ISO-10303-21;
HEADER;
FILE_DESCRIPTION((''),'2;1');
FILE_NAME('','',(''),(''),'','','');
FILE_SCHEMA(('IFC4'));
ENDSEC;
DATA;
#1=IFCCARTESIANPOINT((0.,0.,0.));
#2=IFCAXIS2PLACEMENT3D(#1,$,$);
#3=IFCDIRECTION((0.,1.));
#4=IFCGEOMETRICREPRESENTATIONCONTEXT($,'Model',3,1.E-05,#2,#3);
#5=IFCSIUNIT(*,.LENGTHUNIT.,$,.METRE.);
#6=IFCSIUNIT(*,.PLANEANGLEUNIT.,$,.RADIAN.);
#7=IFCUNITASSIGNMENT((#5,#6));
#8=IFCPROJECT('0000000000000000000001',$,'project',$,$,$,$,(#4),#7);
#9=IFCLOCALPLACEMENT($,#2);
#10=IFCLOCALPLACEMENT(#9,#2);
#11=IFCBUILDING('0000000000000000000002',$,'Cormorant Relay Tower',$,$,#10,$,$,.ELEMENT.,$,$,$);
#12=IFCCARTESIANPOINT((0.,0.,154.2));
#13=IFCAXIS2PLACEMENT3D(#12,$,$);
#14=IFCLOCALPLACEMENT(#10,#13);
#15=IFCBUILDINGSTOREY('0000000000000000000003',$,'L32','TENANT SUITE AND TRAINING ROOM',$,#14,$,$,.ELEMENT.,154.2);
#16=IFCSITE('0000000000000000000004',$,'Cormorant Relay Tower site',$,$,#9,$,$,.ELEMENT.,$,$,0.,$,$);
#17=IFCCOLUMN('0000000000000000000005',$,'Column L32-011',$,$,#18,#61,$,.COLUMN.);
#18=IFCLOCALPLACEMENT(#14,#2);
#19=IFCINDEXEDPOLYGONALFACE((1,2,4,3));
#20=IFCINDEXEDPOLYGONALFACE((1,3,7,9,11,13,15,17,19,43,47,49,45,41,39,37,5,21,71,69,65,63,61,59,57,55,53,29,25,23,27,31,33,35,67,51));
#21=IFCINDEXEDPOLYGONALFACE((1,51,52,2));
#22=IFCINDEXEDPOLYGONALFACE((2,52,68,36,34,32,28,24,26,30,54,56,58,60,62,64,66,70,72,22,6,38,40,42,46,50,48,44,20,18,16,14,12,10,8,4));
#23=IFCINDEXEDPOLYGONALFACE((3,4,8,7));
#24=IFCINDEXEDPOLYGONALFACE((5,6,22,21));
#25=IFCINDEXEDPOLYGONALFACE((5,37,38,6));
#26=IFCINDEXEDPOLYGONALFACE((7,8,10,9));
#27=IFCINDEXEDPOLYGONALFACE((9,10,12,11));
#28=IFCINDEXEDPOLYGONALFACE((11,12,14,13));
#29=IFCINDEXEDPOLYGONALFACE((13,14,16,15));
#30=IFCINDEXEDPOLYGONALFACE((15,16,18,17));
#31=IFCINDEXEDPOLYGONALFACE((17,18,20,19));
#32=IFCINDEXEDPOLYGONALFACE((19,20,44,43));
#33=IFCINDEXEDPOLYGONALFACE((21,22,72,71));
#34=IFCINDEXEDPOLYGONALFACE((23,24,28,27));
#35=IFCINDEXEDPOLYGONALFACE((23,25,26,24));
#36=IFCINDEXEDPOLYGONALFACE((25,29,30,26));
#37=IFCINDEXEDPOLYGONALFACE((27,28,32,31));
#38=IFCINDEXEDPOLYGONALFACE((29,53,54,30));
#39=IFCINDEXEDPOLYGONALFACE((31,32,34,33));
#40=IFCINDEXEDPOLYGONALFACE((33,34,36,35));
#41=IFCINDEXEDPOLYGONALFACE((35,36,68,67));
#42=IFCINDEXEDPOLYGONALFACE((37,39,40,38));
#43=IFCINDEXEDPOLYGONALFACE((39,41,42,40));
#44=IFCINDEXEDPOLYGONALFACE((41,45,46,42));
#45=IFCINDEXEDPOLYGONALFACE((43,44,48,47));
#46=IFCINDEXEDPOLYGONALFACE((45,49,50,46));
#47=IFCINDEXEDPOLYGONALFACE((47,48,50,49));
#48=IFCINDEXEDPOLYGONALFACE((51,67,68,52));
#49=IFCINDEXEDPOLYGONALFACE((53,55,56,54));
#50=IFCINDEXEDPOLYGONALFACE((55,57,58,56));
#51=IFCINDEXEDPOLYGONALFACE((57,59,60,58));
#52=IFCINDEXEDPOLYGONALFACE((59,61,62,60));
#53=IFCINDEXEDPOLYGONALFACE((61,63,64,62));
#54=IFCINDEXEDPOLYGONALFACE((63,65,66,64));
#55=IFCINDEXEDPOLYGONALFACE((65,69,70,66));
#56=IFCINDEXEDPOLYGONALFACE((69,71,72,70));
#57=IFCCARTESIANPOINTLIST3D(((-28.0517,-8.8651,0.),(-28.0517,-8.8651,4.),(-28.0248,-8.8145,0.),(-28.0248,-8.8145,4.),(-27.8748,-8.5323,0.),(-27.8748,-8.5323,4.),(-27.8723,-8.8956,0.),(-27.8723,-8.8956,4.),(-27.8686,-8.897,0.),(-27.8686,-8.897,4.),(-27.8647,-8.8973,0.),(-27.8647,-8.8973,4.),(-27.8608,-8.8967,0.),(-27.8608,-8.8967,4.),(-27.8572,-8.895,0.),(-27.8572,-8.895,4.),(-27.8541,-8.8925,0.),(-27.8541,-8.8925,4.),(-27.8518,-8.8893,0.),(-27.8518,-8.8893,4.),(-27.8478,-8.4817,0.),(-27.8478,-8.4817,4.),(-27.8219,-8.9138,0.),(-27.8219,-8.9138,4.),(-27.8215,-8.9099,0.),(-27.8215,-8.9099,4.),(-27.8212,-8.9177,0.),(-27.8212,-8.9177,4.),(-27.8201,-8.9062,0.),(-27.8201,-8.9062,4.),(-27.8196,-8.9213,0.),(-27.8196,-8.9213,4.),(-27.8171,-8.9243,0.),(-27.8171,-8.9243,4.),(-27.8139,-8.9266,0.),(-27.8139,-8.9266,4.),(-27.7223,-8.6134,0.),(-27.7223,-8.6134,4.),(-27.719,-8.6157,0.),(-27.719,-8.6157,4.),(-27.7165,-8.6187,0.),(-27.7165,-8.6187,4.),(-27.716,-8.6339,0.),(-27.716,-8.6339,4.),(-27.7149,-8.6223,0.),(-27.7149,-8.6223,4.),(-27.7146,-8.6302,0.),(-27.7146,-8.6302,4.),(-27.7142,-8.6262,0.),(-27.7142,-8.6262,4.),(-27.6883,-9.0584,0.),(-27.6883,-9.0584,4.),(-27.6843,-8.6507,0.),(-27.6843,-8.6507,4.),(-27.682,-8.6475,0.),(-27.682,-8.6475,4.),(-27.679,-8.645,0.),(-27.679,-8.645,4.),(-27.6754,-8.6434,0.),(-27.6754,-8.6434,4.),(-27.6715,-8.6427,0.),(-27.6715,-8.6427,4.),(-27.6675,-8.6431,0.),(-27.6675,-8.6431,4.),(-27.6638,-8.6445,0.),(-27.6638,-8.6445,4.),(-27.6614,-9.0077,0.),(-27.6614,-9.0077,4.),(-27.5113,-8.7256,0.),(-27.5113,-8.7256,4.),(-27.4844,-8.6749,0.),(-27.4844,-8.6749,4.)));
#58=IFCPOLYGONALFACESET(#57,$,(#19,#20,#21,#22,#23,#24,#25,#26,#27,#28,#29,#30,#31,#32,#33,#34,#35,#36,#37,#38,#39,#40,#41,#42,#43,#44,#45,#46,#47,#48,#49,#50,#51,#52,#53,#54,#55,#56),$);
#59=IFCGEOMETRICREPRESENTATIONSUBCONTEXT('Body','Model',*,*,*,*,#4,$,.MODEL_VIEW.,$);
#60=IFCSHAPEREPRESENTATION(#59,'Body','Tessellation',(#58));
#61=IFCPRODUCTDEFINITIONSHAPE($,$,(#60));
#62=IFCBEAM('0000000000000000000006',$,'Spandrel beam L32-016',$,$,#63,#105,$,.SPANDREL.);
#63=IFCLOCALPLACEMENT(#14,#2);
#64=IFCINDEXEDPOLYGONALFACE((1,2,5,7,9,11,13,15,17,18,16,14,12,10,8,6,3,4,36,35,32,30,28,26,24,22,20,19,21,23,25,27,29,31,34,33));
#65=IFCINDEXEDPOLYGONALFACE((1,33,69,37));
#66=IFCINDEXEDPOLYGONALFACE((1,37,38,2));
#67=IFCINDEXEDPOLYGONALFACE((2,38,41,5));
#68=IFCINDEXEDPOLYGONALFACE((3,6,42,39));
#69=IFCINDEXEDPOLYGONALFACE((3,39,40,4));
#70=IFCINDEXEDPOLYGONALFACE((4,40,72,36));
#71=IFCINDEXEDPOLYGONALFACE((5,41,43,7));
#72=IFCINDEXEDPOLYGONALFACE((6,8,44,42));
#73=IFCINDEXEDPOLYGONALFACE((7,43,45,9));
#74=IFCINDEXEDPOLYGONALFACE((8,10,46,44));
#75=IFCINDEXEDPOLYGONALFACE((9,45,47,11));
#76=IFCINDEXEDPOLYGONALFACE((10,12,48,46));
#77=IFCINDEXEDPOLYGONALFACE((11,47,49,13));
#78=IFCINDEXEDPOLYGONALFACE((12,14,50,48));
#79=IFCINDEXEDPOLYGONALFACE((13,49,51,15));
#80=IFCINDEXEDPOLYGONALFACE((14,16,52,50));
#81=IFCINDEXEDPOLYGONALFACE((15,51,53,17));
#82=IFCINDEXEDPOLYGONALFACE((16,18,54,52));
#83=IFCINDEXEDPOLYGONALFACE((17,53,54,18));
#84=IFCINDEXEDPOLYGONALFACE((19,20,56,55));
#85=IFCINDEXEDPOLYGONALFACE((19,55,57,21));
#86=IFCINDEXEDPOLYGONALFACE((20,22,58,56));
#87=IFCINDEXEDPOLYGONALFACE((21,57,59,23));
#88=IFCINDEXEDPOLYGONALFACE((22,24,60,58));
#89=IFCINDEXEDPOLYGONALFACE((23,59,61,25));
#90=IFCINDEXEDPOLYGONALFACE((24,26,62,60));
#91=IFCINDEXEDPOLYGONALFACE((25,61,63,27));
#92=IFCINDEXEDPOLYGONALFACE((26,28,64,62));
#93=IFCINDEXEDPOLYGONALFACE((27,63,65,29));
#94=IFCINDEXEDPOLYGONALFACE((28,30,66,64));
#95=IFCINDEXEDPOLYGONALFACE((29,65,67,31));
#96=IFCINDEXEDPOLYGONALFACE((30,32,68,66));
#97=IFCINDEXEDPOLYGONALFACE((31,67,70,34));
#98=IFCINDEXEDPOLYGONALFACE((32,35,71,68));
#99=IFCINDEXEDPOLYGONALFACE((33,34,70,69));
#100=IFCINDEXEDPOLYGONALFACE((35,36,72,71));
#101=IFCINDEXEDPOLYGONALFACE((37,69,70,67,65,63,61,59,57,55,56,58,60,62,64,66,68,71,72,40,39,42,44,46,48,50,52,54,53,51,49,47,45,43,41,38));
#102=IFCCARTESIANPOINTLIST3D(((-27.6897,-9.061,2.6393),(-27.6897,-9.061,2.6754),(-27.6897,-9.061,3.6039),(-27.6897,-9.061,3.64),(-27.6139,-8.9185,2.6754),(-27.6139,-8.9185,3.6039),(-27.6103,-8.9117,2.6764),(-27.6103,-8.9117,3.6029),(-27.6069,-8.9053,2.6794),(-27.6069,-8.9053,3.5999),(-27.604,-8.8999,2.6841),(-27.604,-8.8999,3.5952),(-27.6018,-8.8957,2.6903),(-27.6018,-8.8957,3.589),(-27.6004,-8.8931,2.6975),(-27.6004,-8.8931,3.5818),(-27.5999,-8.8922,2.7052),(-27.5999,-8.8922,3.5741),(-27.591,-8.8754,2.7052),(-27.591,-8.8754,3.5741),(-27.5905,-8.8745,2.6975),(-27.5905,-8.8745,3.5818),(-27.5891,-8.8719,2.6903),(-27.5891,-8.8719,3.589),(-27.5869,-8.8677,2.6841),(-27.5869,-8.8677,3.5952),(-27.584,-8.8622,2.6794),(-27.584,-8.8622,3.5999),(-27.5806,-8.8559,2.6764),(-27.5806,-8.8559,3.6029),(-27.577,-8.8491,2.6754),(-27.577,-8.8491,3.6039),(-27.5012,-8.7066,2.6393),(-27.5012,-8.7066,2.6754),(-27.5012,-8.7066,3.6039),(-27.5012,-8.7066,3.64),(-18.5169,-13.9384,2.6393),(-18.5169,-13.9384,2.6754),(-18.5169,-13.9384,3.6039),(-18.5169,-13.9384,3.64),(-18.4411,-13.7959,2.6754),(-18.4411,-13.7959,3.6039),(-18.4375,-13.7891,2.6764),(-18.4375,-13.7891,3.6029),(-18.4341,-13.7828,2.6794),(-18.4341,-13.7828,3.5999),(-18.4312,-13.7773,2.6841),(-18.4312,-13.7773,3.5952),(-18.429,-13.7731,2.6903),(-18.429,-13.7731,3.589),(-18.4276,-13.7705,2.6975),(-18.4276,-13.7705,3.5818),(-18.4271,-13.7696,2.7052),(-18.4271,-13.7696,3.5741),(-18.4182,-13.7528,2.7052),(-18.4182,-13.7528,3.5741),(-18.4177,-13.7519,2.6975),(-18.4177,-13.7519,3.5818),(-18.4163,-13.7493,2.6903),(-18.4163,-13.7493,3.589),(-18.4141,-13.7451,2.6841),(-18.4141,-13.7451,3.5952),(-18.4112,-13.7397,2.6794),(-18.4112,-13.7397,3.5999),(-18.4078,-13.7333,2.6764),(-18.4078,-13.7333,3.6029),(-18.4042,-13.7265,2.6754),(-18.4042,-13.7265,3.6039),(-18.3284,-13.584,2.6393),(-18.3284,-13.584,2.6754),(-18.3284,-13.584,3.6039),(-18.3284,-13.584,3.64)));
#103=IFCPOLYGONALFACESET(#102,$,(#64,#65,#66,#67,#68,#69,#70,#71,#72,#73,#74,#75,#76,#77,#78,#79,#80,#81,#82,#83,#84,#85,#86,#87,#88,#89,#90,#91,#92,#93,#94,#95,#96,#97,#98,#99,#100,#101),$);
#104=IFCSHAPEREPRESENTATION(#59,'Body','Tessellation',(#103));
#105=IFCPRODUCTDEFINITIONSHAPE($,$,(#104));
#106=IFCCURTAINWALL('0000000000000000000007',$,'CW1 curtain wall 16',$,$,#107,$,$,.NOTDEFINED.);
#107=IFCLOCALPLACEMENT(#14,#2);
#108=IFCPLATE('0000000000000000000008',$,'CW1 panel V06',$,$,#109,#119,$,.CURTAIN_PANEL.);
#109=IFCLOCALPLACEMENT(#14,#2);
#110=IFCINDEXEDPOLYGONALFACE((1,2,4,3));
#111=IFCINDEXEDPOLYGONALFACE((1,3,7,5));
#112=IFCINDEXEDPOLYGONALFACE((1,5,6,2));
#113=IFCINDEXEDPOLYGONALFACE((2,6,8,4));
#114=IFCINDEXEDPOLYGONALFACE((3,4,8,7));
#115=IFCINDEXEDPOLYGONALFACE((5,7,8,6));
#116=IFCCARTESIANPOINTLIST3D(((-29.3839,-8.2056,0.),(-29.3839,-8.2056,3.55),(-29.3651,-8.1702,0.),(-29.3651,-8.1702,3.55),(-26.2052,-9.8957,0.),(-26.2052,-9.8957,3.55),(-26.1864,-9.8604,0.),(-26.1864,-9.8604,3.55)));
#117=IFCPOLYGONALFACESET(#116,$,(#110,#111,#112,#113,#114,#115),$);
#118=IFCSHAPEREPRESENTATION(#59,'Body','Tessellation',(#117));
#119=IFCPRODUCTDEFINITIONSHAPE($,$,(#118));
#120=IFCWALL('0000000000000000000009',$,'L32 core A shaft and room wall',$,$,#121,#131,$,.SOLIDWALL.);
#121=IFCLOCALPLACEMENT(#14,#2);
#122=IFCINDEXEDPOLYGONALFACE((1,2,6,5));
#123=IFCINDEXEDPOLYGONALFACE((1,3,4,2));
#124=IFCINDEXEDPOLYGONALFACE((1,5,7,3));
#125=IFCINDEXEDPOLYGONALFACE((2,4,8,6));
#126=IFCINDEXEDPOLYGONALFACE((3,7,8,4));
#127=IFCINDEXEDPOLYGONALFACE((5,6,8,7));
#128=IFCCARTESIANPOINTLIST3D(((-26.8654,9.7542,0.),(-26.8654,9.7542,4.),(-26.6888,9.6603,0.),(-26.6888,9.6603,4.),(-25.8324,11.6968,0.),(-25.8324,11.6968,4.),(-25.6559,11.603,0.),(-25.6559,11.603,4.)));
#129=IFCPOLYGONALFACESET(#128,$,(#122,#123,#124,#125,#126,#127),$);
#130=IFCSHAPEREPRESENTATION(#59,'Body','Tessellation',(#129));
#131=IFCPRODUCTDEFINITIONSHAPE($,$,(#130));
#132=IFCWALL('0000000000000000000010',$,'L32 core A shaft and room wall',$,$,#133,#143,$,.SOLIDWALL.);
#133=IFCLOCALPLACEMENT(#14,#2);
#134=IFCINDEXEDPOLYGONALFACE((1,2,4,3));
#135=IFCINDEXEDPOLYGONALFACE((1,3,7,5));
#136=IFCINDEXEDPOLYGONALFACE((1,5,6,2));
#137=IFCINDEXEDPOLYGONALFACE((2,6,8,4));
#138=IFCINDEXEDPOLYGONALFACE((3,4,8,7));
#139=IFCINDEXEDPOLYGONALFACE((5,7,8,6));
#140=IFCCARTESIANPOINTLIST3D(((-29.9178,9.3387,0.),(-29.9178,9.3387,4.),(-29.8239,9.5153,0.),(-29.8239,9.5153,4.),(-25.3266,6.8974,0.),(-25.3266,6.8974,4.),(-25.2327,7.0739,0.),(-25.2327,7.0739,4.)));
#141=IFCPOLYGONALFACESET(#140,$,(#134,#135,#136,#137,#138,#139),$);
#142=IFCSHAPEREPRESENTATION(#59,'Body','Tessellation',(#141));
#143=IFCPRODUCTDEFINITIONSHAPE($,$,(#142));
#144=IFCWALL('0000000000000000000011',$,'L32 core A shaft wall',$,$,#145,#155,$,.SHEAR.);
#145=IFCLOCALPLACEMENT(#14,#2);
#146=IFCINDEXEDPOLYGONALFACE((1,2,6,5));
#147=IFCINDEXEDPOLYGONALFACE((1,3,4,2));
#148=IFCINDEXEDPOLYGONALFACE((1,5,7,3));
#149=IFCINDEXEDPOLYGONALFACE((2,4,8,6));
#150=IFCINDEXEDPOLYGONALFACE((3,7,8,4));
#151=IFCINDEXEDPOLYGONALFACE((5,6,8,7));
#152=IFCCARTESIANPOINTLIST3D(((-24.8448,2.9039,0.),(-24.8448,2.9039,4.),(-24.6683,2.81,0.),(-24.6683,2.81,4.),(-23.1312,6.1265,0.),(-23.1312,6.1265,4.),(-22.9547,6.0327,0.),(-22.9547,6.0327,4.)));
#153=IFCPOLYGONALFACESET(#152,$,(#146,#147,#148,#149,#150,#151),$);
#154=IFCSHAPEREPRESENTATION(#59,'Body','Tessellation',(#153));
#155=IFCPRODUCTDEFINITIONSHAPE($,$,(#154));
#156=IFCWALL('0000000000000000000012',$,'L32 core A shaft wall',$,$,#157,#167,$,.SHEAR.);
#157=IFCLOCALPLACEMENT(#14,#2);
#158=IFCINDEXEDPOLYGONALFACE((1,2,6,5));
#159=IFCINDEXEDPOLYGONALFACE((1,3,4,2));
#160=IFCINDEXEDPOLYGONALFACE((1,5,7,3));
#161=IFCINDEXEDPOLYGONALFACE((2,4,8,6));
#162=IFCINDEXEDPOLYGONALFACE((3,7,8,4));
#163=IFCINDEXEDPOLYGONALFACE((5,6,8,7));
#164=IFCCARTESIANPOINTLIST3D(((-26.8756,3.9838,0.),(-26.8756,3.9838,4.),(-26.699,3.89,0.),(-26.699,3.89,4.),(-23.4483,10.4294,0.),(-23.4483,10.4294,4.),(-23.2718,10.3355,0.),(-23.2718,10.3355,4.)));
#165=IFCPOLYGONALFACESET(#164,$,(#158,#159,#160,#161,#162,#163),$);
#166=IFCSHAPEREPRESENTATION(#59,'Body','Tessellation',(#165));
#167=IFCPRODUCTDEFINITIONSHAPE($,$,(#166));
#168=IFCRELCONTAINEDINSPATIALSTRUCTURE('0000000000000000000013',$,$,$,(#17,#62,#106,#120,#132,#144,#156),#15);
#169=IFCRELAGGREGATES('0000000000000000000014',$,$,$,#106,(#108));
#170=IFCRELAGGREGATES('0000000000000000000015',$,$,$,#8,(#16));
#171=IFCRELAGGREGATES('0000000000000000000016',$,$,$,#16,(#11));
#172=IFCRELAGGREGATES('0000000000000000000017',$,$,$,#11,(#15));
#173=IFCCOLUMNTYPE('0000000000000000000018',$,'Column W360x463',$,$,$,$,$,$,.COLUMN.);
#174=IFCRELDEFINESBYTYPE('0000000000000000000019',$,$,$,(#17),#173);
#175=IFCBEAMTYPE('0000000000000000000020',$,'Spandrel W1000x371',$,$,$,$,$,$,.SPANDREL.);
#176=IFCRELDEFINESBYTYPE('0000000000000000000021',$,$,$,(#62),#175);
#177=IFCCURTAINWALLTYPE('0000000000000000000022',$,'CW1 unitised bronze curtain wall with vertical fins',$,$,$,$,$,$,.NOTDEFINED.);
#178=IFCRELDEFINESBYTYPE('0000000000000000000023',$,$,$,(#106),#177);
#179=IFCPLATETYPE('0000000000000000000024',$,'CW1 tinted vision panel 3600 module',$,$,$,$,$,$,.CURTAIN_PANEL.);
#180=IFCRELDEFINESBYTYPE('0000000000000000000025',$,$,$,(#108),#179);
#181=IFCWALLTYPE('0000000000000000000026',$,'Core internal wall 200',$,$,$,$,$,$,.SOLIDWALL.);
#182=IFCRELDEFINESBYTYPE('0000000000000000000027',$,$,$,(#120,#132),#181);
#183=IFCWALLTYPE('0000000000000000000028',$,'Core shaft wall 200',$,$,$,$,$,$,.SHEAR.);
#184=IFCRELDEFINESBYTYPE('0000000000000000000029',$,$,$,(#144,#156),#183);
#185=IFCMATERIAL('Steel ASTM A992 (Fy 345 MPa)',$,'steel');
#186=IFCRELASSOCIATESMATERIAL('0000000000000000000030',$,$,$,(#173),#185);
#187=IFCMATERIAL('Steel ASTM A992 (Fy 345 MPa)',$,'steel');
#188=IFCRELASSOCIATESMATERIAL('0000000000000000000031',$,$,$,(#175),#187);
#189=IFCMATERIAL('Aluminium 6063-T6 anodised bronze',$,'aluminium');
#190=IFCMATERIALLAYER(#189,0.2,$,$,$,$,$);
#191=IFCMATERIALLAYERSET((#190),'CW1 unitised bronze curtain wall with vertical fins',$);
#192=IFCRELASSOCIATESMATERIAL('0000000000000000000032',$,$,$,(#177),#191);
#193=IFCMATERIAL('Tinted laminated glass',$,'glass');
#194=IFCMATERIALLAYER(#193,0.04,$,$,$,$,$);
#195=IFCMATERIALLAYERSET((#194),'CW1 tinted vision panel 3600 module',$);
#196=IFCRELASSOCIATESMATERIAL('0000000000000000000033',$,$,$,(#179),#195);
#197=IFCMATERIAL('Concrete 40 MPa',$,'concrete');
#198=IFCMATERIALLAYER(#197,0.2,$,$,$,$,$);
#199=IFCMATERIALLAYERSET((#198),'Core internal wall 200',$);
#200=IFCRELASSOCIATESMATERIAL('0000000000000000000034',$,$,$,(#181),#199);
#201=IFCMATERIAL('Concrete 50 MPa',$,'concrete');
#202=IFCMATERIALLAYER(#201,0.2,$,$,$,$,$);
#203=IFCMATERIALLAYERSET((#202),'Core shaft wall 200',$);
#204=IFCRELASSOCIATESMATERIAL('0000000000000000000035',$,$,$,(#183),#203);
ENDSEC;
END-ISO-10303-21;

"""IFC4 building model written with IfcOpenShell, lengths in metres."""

from ifc_helpers import new_model, si_unit, direction, frame, frame_2d, origin, origin_2d, place, context, subcontext, project, spatial, rectangle, i_section, extrude, material, layer, layer_set, material_profile, profile_set, type_object, element, aggregate, save


model = new_model("IFC4")

# Units and contexts
model_context = context("Model", 3, precision=1e-05, world=origin(), true_north=direction((0.0, 1.0)))
body_context = subcontext(model_context, "Body", "Model", "MODEL_VIEW")
ifc_project = project(units=[si_unit("LENGTHUNIT", "METRE"), si_unit("PLANEANGLEUNIT", "RADIAN")], contexts=[model_context])

# Site, building, storey
site_placement = place(None, origin())
site = spatial("IfcSite", under=ifc_project, at=site_placement, Name="Cormorant Relay Tower site", CompositionType="ELEMENT", RefElevation=0.0)
building_placement = place(site_placement, origin())
building = spatial("IfcBuilding", under=site, at=building_placement, Name="Cormorant Relay Tower", CompositionType="ELEMENT")
storey_placement = place(building_placement, frame((0.0, 0.0, 154.2)))
storey = spatial("IfcBuildingStorey", under=building, at=storey_placement, Name="L32", Description="TENANT SUITE AND TRAINING ROOM", CompositionType="ELEMENT", Elevation=154.2)

# Column
ifc_material_1 = material(Name="Steel ASTM A992 (Fy 345 MPa)", Category="steel")
ifc_material_profile_1 = material_profile(ifc_material_1, i_section(OverallWidth=0.4116, OverallDepth=0.4343, WebThickness=0.0359, FlangeThickness=0.0574, FilletRadius=0.0151, at=origin_2d()), Name="W360x463")
ifc_profile_set_1 = profile_set([ifc_material_profile_1], Name="Steel ASTM A992 (Fy 345 MPa)")
column_type = type_object("IfcColumnType", Name="Column W360x463", PredefinedType="COLUMN", material=ifc_profile_set_1)
column_placement = place(storey_placement, frame((-27.7681, -8.77, 0.0), z_axis=(0.0, 0.0, 1.0), x_axis=(0.882948, -0.469472, 0.0)))
element("IfcColumn", 1, at=column_placement, inside=storey, type_object=column_type, Name="Column L32-011", PredefinedType="COLUMN", context=body_context, shape_type="SweptSolid", body=[
    extrude(i_section(OverallWidth=0.4116, OverallDepth=0.4343, WebThickness=0.0359, FlangeThickness=0.0574, FilletRadius=0.0151, at=origin_2d()), origin(), (0.0, 0.0, 1.0), 4.0),
])

# Beam
ifc_material_2 = material(Name="Steel ASTM A992 (Fy 345 MPa)", Category="steel")
ifc_material_profile_2 = material_profile(ifc_material_2, i_section(OverallWidth=0.4014, OverallDepth=1.0007, WebThickness=0.019, FlangeThickness=0.0361, FilletRadius=0.0298, at=origin_2d()), Name="W1000x371")
ifc_profile_set_2 = profile_set([ifc_material_profile_2], Name="Steel ASTM A992 (Fy 345 MPa)")
beam_type = type_object("IfcBeamType", Name="Spandrel W1000x371", PredefinedType="SPANDREL", material=ifc_profile_set_2)
beam_placement = place(storey_placement, frame((-27.5955, -8.8838, 3.1396), z_axis=(0.882942, -0.469483, 0.0), x_axis=(0.469483, 0.882942, 0.0)))
element("IfcBeam", 2, at=beam_placement, inside=storey, type_object=beam_type, Name="Spandrel beam L32-016", PredefinedType="SPANDREL", context=body_context, shape_type="SweptSolid", body=[
    extrude(i_section(OverallWidth=0.4014, OverallDepth=1.0007, WebThickness=0.019, FlangeThickness=0.0361, FilletRadius=0.0298, at=origin_2d()), origin(), (0.0, 0.0, 1.0), 10.3889),
])

# Curtain wall, plate
ifc_material_3 = material(Name="Aluminium 6063-T6 anodised bronze", Category="aluminium")
ifc_layer_1 = layer(ifc_material_3, 0.2)
ifc_layer_set_1 = layer_set([ifc_layer_1], Name="CW1 unitised bronze curtain wall with vertical fins")
curtain_wall_type = type_object("IfcCurtainWallType", Name="CW1 unitised bronze curtain wall with vertical fins", PredefinedType="NOTDEFINED", material=ifc_layer_set_1)
curtain_wall_placement = place(storey_placement, origin())
curtain_wall = element("IfcCurtainWall", 3, at=curtain_wall_placement, inside=storey, type_object=curtain_wall_type, Name="CW1 curtain wall 16", PredefinedType="NOTDEFINED")
ifc_material_4 = material(Name="Tinted laminated glass", Category="glass")
ifc_layer_2 = layer(ifc_material_4, 0.04)
ifc_layer_set_2 = layer_set([ifc_layer_2], Name="CW1 tinted vision panel 3600 module")
plate_type = type_object("IfcPlateType", Name="CW1 tinted vision panel 3600 module", PredefinedType="CURTAIN_PANEL", material=ifc_layer_set_2)
plate_placement = place(storey_placement, frame((-27.7852, -9.033, 0.0), z_axis=(0.0, 0.0, 1.0), x_axis=(0.882948, -0.469472, 0.0)))
plate = element("IfcPlate", 4, at=plate_placement, type_object=plate_type, Name="CW1 panel V06", PredefinedType="CURTAIN_PANEL", context=body_context, shape_type="SweptSolid", body=[
    extrude(rectangle(XDim=3.6001, YDim=0.04, at=origin_2d()), origin(), (0.0, 0.0, 1.0), 3.55),
])
aggregate(curtain_wall, [plate])

# Walls
ifc_material_5 = material(Name="Concrete 40 MPa", Category="concrete")
ifc_layer_3 = layer(ifc_material_5, 0.2)
ifc_layer_set_3 = layer_set([ifc_layer_3], Name="Core internal wall 200")
wall_type_1 = type_object("IfcWallType", Name="Core internal wall 200", PredefinedType="SOLIDWALL", material=ifc_layer_set_3)
wall_1_placement = place(storey_placement, frame((-25.7441, 11.6499, 0.0), z_axis=(0.0, 0.0, 1.0), x_axis=(-0.469488, -0.882939, 0.0)))
element("IfcWall", 5, at=wall_1_placement, inside=storey, type_object=wall_type_1, Name="L32 core A shaft and room wall", PredefinedType="SOLIDWALL", context=body_context, shape_type="SweptSolid", body=[
    extrude(rectangle(XDim=2.2002, YDim=0.2, at=frame_2d((1.1001, 0.0))), origin(), (0.0, 0.0, 1.0), 4.0),
])
wall_2_placement = place(storey_placement, frame((-25.2795, 6.9856, 0.0), z_axis=(0.0, 0.0, 1.0), x_axis=(-0.882935, 0.469496, 0.0)))
element("IfcWall", 6, at=wall_2_placement, inside=storey, type_object=wall_type_1, Name="L32 core A shaft and room wall", PredefinedType="SOLIDWALL", context=body_context, shape_type="SweptSolid", body=[
    extrude(rectangle(XDim=5.2, YDim=0.2, at=frame_2d((2.6001, 0.0))), origin(), (0.0, 0.0, 1.0), 4.0),
])
ifc_material_6 = material(Name="Concrete 50 MPa", Category="concrete")
ifc_layer_4 = layer(ifc_material_6, 0.2)
ifc_layer_set_4 = layer_set([ifc_layer_4], Name="Core shaft wall 200")
wall_type_2 = type_object("IfcWallType", Name="Core shaft wall 200", PredefinedType="SHEAR", material=ifc_layer_set_4)
wall_3_placement = place(storey_placement, frame((-23.043, 6.0796, 0.0), z_axis=(0.0, 0.0, 1.0), x_axis=(-0.469494, -0.882936, 0.0)))
element("IfcWall", 7, at=wall_3_placement, inside=storey, type_object=wall_type_2, Name="L32 core A shaft wall", PredefinedType="SHEAR", context=body_context, shape_type="SweptSolid", body=[
    extrude(rectangle(XDim=3.6499, YDim=0.2, at=frame_2d((1.825, 0.0))), origin(), (0.0, 0.0, 1.0), 4.0),
])
wall_4_placement = place(storey_placement, frame((-23.3601, 10.3823, 0.0), z_axis=(0.0, 0.0, 1.0), x_axis=(-0.46948, -0.882943, 0.0)))
element("IfcWall", 8, at=wall_4_placement, inside=storey, type_object=wall_type_2, Name="L32 core A shaft wall", PredefinedType="SHEAR", context=body_context, shape_type="SweptSolid", body=[
    extrude(rectangle(XDim=7.3, YDim=0.2, at=frame_2d((3.6499, 0.0))), origin(), (0.0, 0.0, 1.0), 4.0),
])

save(model, "model.ifc")
